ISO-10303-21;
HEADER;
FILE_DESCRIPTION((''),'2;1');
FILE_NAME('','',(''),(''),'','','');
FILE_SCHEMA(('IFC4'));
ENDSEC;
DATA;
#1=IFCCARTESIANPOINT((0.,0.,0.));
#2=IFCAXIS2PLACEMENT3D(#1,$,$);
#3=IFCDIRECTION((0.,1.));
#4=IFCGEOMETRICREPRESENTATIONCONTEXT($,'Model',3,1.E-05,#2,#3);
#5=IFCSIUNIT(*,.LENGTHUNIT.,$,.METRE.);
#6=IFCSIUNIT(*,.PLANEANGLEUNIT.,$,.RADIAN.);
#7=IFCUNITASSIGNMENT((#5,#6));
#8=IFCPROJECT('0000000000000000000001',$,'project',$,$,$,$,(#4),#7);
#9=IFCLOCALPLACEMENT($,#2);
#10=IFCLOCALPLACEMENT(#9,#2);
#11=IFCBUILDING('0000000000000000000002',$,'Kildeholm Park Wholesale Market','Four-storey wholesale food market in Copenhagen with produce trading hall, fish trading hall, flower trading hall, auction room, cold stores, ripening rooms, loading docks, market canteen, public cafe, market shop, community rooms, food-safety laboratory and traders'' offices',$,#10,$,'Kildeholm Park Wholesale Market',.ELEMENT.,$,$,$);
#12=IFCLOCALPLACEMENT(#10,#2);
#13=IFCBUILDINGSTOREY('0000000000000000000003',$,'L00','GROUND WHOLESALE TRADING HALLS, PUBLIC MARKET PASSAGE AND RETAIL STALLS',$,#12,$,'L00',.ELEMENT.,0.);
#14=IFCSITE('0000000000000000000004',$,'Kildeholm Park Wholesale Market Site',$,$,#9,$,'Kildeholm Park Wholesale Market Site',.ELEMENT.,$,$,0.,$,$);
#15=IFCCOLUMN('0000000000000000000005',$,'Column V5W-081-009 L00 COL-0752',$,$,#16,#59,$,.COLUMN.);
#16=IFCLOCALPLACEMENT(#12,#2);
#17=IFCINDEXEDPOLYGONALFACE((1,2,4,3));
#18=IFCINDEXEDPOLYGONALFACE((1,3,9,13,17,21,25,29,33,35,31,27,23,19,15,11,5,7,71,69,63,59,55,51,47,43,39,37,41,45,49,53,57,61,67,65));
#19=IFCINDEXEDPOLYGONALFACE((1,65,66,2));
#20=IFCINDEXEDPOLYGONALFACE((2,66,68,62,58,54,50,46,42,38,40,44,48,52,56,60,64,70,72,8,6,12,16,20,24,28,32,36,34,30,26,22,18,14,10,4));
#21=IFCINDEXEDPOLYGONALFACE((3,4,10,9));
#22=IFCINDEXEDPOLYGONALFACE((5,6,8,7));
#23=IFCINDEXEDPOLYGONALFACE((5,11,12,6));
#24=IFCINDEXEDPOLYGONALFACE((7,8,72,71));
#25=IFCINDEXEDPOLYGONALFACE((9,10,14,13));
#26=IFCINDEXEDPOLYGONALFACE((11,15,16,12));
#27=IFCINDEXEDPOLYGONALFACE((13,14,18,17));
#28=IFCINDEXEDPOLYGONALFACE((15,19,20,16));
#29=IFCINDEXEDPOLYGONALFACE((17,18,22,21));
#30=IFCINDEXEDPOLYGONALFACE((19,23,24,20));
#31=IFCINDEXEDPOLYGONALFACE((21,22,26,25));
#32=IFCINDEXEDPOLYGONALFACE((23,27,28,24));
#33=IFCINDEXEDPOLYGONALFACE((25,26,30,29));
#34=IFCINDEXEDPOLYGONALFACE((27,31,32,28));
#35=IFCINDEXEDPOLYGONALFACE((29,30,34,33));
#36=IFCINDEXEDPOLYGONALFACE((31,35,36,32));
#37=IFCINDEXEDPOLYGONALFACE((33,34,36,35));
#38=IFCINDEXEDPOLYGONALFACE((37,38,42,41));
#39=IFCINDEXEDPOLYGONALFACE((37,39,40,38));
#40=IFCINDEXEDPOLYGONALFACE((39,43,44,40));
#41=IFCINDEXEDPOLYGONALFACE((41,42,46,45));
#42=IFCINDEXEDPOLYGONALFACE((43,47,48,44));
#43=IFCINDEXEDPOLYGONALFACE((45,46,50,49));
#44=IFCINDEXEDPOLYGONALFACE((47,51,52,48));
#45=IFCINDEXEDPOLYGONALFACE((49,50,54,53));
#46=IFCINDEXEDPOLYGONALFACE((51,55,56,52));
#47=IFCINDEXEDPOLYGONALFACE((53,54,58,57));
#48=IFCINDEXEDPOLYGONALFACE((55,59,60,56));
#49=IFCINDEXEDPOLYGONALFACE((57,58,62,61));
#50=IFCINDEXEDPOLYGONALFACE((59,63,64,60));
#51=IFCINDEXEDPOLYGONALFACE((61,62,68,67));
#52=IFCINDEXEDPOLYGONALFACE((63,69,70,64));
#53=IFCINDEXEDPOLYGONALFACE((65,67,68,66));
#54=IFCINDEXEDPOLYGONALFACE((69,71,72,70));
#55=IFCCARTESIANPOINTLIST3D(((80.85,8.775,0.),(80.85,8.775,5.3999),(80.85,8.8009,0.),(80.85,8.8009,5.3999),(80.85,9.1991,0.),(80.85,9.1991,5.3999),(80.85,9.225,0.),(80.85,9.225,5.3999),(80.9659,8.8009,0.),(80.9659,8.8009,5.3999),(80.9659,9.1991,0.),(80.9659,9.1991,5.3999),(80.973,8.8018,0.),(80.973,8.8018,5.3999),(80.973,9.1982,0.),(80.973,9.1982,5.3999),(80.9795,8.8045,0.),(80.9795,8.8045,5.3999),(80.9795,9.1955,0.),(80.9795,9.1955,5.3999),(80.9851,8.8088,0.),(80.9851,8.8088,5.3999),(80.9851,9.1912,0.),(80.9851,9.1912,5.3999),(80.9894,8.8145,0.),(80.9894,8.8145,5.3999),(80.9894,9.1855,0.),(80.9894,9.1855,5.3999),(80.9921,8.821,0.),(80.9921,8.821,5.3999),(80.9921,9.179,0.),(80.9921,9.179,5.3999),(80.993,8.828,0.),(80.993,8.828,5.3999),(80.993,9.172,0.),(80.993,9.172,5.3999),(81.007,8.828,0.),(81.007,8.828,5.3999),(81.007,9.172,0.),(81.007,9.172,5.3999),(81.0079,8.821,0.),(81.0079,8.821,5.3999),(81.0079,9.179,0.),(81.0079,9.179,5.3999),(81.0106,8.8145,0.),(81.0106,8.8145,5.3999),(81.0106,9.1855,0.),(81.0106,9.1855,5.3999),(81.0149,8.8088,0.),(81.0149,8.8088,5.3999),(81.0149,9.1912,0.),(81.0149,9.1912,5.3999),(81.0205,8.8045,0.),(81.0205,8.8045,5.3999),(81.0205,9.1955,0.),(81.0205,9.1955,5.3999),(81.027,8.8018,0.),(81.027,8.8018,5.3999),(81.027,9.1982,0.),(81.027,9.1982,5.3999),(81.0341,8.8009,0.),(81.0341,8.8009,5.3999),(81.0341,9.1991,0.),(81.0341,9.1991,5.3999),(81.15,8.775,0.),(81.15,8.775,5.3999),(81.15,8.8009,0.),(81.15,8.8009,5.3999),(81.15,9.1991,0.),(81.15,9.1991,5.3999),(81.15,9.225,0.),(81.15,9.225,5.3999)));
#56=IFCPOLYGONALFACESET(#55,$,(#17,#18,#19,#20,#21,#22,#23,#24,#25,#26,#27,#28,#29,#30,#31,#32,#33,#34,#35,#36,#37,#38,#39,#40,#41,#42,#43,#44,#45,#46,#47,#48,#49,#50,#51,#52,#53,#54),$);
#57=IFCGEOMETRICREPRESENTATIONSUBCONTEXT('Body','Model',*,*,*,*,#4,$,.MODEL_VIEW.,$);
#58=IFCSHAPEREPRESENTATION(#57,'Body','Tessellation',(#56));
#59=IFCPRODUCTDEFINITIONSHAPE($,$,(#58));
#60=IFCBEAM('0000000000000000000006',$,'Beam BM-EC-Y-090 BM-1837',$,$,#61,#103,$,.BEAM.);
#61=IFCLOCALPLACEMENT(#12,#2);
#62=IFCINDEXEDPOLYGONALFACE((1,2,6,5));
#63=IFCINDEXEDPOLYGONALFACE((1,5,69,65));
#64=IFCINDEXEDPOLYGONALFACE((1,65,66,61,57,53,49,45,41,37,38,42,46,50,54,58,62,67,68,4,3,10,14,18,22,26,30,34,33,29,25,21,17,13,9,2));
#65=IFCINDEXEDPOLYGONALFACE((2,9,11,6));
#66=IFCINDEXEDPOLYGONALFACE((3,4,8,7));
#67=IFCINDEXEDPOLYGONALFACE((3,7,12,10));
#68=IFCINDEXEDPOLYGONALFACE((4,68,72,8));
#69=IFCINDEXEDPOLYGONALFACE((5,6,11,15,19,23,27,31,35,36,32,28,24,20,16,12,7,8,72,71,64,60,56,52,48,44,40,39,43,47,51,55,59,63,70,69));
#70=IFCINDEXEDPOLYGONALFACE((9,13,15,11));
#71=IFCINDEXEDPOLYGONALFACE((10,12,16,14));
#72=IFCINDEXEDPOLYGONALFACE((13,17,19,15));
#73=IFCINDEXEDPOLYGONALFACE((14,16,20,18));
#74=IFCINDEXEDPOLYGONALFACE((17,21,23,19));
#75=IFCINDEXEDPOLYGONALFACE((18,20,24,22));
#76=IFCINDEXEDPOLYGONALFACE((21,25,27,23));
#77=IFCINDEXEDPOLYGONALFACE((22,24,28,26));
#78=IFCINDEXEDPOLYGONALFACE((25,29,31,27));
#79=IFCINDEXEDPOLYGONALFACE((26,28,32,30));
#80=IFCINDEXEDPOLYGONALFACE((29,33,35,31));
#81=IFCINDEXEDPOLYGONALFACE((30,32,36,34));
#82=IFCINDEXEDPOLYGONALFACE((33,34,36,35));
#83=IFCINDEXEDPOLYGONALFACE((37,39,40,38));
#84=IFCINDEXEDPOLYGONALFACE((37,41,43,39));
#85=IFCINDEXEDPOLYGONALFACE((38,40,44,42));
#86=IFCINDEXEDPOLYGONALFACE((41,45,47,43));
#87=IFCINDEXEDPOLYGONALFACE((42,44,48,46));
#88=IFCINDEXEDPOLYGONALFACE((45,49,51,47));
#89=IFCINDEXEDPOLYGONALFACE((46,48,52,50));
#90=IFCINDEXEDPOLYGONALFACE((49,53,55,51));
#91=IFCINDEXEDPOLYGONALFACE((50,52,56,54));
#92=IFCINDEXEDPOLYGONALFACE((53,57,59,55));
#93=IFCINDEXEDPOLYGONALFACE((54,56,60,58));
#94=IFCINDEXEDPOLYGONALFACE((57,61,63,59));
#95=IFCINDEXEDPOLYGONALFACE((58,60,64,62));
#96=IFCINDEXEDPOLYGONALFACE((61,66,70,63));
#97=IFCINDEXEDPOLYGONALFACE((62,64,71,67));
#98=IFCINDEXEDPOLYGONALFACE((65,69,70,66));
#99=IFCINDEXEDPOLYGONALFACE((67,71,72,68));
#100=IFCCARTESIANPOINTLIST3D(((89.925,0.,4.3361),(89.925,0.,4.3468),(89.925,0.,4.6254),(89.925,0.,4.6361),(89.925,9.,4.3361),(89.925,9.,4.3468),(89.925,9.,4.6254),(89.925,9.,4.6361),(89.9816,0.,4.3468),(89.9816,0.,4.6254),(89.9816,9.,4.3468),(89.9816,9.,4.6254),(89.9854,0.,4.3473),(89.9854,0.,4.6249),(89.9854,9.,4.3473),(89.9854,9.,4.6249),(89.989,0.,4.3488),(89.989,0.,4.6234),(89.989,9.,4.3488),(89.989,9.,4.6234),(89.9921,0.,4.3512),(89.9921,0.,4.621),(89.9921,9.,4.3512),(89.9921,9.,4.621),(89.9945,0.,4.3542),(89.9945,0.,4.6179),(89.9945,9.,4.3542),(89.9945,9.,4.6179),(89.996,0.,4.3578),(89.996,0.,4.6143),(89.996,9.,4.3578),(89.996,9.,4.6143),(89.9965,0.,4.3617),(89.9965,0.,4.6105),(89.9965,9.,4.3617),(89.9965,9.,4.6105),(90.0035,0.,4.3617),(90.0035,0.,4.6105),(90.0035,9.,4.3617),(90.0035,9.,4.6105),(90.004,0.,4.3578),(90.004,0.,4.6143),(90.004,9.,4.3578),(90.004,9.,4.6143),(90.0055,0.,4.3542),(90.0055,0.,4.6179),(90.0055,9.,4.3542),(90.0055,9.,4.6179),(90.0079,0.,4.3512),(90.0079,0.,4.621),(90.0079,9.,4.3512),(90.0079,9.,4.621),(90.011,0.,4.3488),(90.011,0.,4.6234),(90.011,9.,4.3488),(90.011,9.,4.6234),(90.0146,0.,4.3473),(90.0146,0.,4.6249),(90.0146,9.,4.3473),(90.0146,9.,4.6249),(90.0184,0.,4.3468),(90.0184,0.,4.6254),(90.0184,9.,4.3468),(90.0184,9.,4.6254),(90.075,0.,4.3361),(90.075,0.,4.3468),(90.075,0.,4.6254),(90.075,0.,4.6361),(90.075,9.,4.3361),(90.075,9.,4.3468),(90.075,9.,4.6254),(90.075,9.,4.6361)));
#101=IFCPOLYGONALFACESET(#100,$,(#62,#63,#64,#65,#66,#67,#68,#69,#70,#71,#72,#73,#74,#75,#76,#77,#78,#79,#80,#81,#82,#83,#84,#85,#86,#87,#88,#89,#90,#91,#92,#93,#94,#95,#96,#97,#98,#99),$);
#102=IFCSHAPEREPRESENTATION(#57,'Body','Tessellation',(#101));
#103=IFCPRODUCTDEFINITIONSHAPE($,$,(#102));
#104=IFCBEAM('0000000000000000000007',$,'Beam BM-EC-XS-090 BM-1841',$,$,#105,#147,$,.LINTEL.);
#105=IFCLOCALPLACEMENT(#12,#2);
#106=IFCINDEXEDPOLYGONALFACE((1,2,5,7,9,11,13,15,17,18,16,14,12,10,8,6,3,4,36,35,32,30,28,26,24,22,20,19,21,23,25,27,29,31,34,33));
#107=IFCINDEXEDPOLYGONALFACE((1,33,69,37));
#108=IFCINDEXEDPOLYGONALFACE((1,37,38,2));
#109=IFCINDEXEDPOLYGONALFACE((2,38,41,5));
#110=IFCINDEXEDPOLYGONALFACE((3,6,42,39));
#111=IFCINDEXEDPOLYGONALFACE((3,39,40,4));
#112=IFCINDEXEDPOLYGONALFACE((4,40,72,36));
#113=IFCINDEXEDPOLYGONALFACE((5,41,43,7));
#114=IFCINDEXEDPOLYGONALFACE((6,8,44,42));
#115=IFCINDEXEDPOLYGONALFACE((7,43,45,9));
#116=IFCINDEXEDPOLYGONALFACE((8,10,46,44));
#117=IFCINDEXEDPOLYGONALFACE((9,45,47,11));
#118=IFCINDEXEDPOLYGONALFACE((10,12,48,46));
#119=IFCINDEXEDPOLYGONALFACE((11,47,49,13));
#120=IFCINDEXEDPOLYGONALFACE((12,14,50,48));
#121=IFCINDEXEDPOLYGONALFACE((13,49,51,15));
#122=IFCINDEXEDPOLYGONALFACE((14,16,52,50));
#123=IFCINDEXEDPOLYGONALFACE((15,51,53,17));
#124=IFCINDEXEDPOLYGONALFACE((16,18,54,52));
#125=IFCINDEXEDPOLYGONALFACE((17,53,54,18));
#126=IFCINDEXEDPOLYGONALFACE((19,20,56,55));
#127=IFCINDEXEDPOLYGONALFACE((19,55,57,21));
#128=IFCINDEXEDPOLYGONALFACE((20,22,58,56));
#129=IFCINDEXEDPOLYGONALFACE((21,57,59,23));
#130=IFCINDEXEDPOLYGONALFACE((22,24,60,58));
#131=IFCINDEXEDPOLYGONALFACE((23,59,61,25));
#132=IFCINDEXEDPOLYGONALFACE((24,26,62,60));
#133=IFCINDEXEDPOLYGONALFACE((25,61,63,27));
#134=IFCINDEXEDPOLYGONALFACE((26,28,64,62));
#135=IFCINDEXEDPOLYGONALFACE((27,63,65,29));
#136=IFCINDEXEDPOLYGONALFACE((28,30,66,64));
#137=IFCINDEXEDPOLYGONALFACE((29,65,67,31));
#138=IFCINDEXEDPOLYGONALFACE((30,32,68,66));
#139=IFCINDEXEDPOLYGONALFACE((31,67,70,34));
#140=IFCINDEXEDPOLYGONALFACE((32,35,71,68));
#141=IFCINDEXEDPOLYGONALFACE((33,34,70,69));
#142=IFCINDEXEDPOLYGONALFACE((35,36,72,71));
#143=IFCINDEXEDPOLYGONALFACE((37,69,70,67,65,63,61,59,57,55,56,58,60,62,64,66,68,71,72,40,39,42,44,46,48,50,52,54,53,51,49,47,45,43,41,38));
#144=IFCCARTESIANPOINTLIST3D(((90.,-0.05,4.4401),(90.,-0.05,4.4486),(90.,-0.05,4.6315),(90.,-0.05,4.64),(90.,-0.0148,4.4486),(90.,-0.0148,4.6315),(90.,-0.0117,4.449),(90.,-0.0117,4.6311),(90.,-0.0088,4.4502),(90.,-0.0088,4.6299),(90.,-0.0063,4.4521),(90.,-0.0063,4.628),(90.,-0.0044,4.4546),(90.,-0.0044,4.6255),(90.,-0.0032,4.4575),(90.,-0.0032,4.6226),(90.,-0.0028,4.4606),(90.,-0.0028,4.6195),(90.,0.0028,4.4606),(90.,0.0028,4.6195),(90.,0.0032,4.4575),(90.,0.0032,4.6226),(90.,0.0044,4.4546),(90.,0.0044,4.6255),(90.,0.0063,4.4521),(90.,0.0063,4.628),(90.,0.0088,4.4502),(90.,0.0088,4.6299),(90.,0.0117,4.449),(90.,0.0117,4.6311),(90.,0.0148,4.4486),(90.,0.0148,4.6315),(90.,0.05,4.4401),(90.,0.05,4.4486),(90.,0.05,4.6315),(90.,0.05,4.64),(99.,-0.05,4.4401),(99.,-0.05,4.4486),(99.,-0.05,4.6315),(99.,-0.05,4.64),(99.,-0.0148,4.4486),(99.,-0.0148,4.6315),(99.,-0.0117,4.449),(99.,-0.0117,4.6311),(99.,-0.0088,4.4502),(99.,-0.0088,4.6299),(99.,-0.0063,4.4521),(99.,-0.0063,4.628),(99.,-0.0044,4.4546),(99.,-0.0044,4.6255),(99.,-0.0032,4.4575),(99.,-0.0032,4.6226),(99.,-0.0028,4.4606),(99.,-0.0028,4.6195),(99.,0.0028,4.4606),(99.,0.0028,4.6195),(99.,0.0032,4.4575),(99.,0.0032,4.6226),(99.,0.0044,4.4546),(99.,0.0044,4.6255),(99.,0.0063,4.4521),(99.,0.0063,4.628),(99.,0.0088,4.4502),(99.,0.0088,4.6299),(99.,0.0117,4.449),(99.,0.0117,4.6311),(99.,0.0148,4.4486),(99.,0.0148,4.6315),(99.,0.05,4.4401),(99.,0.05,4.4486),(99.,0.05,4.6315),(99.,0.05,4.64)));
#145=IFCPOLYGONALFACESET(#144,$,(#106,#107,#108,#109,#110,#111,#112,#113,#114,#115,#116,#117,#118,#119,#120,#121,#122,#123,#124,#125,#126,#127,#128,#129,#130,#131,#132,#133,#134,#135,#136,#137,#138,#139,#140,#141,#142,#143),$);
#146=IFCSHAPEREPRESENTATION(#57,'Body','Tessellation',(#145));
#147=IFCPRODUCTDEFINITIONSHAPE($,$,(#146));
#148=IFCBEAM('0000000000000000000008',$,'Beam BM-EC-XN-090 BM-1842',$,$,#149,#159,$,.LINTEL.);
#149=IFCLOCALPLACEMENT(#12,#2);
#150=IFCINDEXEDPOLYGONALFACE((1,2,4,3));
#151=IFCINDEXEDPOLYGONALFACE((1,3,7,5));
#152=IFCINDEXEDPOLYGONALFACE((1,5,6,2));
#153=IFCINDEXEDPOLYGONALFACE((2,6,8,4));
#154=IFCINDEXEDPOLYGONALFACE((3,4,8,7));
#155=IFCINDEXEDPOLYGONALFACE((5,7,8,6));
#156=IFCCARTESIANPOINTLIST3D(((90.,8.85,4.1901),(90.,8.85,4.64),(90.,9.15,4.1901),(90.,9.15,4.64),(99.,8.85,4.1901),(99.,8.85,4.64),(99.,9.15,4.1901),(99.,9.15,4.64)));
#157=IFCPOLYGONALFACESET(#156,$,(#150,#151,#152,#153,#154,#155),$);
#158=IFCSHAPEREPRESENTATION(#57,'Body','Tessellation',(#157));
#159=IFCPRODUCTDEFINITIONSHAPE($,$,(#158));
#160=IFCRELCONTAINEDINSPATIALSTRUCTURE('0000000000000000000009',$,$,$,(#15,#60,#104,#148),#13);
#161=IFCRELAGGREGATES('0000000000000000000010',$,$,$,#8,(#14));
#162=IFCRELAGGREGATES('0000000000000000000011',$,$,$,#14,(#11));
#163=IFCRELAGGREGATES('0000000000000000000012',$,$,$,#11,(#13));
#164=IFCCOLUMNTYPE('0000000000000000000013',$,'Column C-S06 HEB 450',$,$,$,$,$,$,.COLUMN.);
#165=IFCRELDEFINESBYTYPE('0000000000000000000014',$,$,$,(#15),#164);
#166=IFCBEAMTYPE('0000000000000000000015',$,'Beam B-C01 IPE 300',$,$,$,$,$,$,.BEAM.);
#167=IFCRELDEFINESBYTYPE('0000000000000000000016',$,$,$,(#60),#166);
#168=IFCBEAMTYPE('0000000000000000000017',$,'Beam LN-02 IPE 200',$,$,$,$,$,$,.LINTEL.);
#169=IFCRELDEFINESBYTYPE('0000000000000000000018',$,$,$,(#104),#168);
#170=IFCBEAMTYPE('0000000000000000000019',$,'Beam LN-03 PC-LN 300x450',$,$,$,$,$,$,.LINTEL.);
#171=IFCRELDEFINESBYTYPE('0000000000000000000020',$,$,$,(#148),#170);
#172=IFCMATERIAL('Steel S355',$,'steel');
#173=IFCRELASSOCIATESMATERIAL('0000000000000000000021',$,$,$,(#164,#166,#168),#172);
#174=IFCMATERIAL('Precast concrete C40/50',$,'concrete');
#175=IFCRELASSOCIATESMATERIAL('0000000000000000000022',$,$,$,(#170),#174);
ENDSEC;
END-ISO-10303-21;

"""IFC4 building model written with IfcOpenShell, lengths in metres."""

from ifc_helpers import new_model, si_unit, direction, frame, origin, origin_2d, place, context, subcontext, project, spatial, rectangle, i_section, extrude, material, material_profile, profile_set, type_object, element, save


model = new_model("IFC4")

# Units and contexts
model_context = context("Model", 3, precision=1e-05, world=origin(), true_north=direction((0.0, 1.0)))
body_context = subcontext(model_context, "Body", "Model", "MODEL_VIEW")
ifc_project = project(units=[si_unit("LENGTHUNIT", "METRE"), si_unit("PLANEANGLEUNIT", "RADIAN")], contexts=[model_context])

# Site, building, storey
site_placement = place(None, origin())
site = spatial("IfcSite", under=ifc_project, at=site_placement, Name="Kildeholm Park Wholesale Market Site", LongName="Kildeholm Park Wholesale Market Site", CompositionType="ELEMENT", RefElevation=0.0)
building_placement = place(site_placement, origin())
building = spatial("IfcBuilding", under=site, at=building_placement, Name="Kildeholm Park Wholesale Market", Description="Four-storey wholesale food market in Copenhagen with produce trading hall, fish trading hall, flower trading hall, auction room, cold stores, ripening rooms, loading docks, market canteen, public cafe, market shop, community rooms, food-safety laboratory and traders' offices", LongName="Kildeholm Park Wholesale Market", CompositionType="ELEMENT")
storey_placement = place(building_placement, origin())
storey = spatial("IfcBuildingStorey", under=building, at=storey_placement, Name="L00", Description="GROUND WHOLESALE TRADING HALLS, PUBLIC MARKET PASSAGE AND RETAIL STALLS", LongName="L00", CompositionType="ELEMENT", Elevation=0.0)

# Column
ifc_material_1 = material(Name="Steel S355", Category="steel")
ifc_material_profile_1 = material_profile(ifc_material_1, i_section(OverallWidth=0.3, OverallDepth=0.45, WebThickness=0.0139, FlangeThickness=0.0259, FilletRadius=0.0271, at=origin_2d()), Name="HEB 450")
ifc_profile_set_1 = profile_set([ifc_material_profile_1], Name="Steel S355")
column_type_1 = type_object("IfcColumnType", Name="Column C-S06 HEB 450", PredefinedType="COLUMN", material=ifc_profile_set_1)
for number, where, z_axis, x_axis, name in (
    (1, (81.0, 9.0, 0.0), (0.0, 0.0, 1.0), (1.0, 0.0, 0.0), "Column V5W-081-009 L00 COL-0752"),
):
    element("IfcColumn", number, at=place(storey_placement, frame(where, z_axis=z_axis, x_axis=x_axis)), inside=storey, type_object=column_type_1, Name=name, PredefinedType="COLUMN", context=body_context, shape_type="SweptSolid", body=[
        extrude(i_section(OverallWidth=0.3, OverallDepth=0.45, WebThickness=0.0139, FlangeThickness=0.0259, FilletRadius=0.0271, at=origin_2d()), origin(), (0.0, 0.0, 1.0), 5.3999),
    ])

# Beams
ifc_material_profile_2 = material_profile(ifc_material_1, i_section(OverallWidth=0.1499, OverallDepth=0.3, WebThickness=0.0071, FlangeThickness=0.0107, FilletRadius=0.0149, at=origin_2d()), Name="IPE 300")
ifc_profile_set_2 = profile_set([ifc_material_profile_2], Name="Steel S355")
beam_type_1 = type_object("IfcBeamType", Name="Beam B-C01 IPE 300", PredefinedType="BEAM", material=ifc_profile_set_2)
beam_1_placement = place(storey_placement, frame((90.0, 0.0, 4.4861), z_axis=(0.0, 1.0, 0.0), x_axis=(-1.0, 0.0, 0.0)))
element("IfcBeam", 2, at=beam_1_placement, inside=storey, type_object=beam_type_1, Name="Beam BM-EC-Y-090 BM-1837", PredefinedType="BEAM", context=body_context, shape_type="SweptSolid", body=[
    extrude(i_section(OverallWidth=0.1499, OverallDepth=0.3, WebThickness=0.0071, FlangeThickness=0.0107, FilletRadius=0.0149, at=origin_2d()), origin(), (0.0, 0.0, 1.0), 9.0),
])
ifc_material_profile_3 = material_profile(ifc_material_1, i_section(OverallWidth=0.1001, OverallDepth=0.2, WebThickness=0.0056, FlangeThickness=0.0085, FilletRadius=0.012, at=origin_2d()), Name="IPE 200")
ifc_profile_set_3 = profile_set([ifc_material_profile_3], Name="Steel S355")
beam_type_2 = type_object("IfcBeamType", Name="Beam LN-02 IPE 200", PredefinedType="LINTEL", material=ifc_profile_set_3)
beam_2_placement = place(storey_placement, frame((90.0, 0.0, 4.54), z_axis=(1.0, 0.0, 0.0), x_axis=(0.0, 1.0, 0.0)))
element("IfcBeam", 3, at=beam_2_placement, inside=storey, type_object=beam_type_2, Name="Beam BM-EC-XS-090 BM-1841", PredefinedType="LINTEL", context=body_context, shape_type="SweptSolid", body=[
    extrude(i_section(OverallWidth=0.1001, OverallDepth=0.2, WebThickness=0.0056, FlangeThickness=0.0085, FilletRadius=0.012, at=origin_2d()), origin(), (0.0, 0.0, 1.0), 9.0),
])
ifc_material_2 = material(Name="Precast concrete C40/50", Category="concrete")
ifc_material_profile_4 = material_profile(ifc_material_2, rectangle(XDim=0.3, YDim=0.45, at=origin_2d()), Name="PC-LN 300x450")
ifc_profile_set_4 = profile_set([ifc_material_profile_4], Name="Precast concrete C40/50")
beam_type_3 = type_object("IfcBeamType", Name="Beam LN-03 PC-LN 300x450", PredefinedType="LINTEL", material=ifc_profile_set_4)
beam_3_placement = place(storey_placement, frame((90.0, 9.0, 4.415), z_axis=(1.0, 0.0, 0.0), x_axis=(0.0, 1.0, 0.0)))
element("IfcBeam", 4, at=beam_3_placement, inside=storey, type_object=beam_type_3, Name="Beam BM-EC-XN-090 BM-1842", PredefinedType="LINTEL", context=body_context, shape_type="SweptSolid", body=[
    extrude(rectangle(XDim=0.3, YDim=0.45, at=origin_2d()), origin(), (0.0, 0.0, 1.0), 9.0),
])

save(model, "model.ifc")
